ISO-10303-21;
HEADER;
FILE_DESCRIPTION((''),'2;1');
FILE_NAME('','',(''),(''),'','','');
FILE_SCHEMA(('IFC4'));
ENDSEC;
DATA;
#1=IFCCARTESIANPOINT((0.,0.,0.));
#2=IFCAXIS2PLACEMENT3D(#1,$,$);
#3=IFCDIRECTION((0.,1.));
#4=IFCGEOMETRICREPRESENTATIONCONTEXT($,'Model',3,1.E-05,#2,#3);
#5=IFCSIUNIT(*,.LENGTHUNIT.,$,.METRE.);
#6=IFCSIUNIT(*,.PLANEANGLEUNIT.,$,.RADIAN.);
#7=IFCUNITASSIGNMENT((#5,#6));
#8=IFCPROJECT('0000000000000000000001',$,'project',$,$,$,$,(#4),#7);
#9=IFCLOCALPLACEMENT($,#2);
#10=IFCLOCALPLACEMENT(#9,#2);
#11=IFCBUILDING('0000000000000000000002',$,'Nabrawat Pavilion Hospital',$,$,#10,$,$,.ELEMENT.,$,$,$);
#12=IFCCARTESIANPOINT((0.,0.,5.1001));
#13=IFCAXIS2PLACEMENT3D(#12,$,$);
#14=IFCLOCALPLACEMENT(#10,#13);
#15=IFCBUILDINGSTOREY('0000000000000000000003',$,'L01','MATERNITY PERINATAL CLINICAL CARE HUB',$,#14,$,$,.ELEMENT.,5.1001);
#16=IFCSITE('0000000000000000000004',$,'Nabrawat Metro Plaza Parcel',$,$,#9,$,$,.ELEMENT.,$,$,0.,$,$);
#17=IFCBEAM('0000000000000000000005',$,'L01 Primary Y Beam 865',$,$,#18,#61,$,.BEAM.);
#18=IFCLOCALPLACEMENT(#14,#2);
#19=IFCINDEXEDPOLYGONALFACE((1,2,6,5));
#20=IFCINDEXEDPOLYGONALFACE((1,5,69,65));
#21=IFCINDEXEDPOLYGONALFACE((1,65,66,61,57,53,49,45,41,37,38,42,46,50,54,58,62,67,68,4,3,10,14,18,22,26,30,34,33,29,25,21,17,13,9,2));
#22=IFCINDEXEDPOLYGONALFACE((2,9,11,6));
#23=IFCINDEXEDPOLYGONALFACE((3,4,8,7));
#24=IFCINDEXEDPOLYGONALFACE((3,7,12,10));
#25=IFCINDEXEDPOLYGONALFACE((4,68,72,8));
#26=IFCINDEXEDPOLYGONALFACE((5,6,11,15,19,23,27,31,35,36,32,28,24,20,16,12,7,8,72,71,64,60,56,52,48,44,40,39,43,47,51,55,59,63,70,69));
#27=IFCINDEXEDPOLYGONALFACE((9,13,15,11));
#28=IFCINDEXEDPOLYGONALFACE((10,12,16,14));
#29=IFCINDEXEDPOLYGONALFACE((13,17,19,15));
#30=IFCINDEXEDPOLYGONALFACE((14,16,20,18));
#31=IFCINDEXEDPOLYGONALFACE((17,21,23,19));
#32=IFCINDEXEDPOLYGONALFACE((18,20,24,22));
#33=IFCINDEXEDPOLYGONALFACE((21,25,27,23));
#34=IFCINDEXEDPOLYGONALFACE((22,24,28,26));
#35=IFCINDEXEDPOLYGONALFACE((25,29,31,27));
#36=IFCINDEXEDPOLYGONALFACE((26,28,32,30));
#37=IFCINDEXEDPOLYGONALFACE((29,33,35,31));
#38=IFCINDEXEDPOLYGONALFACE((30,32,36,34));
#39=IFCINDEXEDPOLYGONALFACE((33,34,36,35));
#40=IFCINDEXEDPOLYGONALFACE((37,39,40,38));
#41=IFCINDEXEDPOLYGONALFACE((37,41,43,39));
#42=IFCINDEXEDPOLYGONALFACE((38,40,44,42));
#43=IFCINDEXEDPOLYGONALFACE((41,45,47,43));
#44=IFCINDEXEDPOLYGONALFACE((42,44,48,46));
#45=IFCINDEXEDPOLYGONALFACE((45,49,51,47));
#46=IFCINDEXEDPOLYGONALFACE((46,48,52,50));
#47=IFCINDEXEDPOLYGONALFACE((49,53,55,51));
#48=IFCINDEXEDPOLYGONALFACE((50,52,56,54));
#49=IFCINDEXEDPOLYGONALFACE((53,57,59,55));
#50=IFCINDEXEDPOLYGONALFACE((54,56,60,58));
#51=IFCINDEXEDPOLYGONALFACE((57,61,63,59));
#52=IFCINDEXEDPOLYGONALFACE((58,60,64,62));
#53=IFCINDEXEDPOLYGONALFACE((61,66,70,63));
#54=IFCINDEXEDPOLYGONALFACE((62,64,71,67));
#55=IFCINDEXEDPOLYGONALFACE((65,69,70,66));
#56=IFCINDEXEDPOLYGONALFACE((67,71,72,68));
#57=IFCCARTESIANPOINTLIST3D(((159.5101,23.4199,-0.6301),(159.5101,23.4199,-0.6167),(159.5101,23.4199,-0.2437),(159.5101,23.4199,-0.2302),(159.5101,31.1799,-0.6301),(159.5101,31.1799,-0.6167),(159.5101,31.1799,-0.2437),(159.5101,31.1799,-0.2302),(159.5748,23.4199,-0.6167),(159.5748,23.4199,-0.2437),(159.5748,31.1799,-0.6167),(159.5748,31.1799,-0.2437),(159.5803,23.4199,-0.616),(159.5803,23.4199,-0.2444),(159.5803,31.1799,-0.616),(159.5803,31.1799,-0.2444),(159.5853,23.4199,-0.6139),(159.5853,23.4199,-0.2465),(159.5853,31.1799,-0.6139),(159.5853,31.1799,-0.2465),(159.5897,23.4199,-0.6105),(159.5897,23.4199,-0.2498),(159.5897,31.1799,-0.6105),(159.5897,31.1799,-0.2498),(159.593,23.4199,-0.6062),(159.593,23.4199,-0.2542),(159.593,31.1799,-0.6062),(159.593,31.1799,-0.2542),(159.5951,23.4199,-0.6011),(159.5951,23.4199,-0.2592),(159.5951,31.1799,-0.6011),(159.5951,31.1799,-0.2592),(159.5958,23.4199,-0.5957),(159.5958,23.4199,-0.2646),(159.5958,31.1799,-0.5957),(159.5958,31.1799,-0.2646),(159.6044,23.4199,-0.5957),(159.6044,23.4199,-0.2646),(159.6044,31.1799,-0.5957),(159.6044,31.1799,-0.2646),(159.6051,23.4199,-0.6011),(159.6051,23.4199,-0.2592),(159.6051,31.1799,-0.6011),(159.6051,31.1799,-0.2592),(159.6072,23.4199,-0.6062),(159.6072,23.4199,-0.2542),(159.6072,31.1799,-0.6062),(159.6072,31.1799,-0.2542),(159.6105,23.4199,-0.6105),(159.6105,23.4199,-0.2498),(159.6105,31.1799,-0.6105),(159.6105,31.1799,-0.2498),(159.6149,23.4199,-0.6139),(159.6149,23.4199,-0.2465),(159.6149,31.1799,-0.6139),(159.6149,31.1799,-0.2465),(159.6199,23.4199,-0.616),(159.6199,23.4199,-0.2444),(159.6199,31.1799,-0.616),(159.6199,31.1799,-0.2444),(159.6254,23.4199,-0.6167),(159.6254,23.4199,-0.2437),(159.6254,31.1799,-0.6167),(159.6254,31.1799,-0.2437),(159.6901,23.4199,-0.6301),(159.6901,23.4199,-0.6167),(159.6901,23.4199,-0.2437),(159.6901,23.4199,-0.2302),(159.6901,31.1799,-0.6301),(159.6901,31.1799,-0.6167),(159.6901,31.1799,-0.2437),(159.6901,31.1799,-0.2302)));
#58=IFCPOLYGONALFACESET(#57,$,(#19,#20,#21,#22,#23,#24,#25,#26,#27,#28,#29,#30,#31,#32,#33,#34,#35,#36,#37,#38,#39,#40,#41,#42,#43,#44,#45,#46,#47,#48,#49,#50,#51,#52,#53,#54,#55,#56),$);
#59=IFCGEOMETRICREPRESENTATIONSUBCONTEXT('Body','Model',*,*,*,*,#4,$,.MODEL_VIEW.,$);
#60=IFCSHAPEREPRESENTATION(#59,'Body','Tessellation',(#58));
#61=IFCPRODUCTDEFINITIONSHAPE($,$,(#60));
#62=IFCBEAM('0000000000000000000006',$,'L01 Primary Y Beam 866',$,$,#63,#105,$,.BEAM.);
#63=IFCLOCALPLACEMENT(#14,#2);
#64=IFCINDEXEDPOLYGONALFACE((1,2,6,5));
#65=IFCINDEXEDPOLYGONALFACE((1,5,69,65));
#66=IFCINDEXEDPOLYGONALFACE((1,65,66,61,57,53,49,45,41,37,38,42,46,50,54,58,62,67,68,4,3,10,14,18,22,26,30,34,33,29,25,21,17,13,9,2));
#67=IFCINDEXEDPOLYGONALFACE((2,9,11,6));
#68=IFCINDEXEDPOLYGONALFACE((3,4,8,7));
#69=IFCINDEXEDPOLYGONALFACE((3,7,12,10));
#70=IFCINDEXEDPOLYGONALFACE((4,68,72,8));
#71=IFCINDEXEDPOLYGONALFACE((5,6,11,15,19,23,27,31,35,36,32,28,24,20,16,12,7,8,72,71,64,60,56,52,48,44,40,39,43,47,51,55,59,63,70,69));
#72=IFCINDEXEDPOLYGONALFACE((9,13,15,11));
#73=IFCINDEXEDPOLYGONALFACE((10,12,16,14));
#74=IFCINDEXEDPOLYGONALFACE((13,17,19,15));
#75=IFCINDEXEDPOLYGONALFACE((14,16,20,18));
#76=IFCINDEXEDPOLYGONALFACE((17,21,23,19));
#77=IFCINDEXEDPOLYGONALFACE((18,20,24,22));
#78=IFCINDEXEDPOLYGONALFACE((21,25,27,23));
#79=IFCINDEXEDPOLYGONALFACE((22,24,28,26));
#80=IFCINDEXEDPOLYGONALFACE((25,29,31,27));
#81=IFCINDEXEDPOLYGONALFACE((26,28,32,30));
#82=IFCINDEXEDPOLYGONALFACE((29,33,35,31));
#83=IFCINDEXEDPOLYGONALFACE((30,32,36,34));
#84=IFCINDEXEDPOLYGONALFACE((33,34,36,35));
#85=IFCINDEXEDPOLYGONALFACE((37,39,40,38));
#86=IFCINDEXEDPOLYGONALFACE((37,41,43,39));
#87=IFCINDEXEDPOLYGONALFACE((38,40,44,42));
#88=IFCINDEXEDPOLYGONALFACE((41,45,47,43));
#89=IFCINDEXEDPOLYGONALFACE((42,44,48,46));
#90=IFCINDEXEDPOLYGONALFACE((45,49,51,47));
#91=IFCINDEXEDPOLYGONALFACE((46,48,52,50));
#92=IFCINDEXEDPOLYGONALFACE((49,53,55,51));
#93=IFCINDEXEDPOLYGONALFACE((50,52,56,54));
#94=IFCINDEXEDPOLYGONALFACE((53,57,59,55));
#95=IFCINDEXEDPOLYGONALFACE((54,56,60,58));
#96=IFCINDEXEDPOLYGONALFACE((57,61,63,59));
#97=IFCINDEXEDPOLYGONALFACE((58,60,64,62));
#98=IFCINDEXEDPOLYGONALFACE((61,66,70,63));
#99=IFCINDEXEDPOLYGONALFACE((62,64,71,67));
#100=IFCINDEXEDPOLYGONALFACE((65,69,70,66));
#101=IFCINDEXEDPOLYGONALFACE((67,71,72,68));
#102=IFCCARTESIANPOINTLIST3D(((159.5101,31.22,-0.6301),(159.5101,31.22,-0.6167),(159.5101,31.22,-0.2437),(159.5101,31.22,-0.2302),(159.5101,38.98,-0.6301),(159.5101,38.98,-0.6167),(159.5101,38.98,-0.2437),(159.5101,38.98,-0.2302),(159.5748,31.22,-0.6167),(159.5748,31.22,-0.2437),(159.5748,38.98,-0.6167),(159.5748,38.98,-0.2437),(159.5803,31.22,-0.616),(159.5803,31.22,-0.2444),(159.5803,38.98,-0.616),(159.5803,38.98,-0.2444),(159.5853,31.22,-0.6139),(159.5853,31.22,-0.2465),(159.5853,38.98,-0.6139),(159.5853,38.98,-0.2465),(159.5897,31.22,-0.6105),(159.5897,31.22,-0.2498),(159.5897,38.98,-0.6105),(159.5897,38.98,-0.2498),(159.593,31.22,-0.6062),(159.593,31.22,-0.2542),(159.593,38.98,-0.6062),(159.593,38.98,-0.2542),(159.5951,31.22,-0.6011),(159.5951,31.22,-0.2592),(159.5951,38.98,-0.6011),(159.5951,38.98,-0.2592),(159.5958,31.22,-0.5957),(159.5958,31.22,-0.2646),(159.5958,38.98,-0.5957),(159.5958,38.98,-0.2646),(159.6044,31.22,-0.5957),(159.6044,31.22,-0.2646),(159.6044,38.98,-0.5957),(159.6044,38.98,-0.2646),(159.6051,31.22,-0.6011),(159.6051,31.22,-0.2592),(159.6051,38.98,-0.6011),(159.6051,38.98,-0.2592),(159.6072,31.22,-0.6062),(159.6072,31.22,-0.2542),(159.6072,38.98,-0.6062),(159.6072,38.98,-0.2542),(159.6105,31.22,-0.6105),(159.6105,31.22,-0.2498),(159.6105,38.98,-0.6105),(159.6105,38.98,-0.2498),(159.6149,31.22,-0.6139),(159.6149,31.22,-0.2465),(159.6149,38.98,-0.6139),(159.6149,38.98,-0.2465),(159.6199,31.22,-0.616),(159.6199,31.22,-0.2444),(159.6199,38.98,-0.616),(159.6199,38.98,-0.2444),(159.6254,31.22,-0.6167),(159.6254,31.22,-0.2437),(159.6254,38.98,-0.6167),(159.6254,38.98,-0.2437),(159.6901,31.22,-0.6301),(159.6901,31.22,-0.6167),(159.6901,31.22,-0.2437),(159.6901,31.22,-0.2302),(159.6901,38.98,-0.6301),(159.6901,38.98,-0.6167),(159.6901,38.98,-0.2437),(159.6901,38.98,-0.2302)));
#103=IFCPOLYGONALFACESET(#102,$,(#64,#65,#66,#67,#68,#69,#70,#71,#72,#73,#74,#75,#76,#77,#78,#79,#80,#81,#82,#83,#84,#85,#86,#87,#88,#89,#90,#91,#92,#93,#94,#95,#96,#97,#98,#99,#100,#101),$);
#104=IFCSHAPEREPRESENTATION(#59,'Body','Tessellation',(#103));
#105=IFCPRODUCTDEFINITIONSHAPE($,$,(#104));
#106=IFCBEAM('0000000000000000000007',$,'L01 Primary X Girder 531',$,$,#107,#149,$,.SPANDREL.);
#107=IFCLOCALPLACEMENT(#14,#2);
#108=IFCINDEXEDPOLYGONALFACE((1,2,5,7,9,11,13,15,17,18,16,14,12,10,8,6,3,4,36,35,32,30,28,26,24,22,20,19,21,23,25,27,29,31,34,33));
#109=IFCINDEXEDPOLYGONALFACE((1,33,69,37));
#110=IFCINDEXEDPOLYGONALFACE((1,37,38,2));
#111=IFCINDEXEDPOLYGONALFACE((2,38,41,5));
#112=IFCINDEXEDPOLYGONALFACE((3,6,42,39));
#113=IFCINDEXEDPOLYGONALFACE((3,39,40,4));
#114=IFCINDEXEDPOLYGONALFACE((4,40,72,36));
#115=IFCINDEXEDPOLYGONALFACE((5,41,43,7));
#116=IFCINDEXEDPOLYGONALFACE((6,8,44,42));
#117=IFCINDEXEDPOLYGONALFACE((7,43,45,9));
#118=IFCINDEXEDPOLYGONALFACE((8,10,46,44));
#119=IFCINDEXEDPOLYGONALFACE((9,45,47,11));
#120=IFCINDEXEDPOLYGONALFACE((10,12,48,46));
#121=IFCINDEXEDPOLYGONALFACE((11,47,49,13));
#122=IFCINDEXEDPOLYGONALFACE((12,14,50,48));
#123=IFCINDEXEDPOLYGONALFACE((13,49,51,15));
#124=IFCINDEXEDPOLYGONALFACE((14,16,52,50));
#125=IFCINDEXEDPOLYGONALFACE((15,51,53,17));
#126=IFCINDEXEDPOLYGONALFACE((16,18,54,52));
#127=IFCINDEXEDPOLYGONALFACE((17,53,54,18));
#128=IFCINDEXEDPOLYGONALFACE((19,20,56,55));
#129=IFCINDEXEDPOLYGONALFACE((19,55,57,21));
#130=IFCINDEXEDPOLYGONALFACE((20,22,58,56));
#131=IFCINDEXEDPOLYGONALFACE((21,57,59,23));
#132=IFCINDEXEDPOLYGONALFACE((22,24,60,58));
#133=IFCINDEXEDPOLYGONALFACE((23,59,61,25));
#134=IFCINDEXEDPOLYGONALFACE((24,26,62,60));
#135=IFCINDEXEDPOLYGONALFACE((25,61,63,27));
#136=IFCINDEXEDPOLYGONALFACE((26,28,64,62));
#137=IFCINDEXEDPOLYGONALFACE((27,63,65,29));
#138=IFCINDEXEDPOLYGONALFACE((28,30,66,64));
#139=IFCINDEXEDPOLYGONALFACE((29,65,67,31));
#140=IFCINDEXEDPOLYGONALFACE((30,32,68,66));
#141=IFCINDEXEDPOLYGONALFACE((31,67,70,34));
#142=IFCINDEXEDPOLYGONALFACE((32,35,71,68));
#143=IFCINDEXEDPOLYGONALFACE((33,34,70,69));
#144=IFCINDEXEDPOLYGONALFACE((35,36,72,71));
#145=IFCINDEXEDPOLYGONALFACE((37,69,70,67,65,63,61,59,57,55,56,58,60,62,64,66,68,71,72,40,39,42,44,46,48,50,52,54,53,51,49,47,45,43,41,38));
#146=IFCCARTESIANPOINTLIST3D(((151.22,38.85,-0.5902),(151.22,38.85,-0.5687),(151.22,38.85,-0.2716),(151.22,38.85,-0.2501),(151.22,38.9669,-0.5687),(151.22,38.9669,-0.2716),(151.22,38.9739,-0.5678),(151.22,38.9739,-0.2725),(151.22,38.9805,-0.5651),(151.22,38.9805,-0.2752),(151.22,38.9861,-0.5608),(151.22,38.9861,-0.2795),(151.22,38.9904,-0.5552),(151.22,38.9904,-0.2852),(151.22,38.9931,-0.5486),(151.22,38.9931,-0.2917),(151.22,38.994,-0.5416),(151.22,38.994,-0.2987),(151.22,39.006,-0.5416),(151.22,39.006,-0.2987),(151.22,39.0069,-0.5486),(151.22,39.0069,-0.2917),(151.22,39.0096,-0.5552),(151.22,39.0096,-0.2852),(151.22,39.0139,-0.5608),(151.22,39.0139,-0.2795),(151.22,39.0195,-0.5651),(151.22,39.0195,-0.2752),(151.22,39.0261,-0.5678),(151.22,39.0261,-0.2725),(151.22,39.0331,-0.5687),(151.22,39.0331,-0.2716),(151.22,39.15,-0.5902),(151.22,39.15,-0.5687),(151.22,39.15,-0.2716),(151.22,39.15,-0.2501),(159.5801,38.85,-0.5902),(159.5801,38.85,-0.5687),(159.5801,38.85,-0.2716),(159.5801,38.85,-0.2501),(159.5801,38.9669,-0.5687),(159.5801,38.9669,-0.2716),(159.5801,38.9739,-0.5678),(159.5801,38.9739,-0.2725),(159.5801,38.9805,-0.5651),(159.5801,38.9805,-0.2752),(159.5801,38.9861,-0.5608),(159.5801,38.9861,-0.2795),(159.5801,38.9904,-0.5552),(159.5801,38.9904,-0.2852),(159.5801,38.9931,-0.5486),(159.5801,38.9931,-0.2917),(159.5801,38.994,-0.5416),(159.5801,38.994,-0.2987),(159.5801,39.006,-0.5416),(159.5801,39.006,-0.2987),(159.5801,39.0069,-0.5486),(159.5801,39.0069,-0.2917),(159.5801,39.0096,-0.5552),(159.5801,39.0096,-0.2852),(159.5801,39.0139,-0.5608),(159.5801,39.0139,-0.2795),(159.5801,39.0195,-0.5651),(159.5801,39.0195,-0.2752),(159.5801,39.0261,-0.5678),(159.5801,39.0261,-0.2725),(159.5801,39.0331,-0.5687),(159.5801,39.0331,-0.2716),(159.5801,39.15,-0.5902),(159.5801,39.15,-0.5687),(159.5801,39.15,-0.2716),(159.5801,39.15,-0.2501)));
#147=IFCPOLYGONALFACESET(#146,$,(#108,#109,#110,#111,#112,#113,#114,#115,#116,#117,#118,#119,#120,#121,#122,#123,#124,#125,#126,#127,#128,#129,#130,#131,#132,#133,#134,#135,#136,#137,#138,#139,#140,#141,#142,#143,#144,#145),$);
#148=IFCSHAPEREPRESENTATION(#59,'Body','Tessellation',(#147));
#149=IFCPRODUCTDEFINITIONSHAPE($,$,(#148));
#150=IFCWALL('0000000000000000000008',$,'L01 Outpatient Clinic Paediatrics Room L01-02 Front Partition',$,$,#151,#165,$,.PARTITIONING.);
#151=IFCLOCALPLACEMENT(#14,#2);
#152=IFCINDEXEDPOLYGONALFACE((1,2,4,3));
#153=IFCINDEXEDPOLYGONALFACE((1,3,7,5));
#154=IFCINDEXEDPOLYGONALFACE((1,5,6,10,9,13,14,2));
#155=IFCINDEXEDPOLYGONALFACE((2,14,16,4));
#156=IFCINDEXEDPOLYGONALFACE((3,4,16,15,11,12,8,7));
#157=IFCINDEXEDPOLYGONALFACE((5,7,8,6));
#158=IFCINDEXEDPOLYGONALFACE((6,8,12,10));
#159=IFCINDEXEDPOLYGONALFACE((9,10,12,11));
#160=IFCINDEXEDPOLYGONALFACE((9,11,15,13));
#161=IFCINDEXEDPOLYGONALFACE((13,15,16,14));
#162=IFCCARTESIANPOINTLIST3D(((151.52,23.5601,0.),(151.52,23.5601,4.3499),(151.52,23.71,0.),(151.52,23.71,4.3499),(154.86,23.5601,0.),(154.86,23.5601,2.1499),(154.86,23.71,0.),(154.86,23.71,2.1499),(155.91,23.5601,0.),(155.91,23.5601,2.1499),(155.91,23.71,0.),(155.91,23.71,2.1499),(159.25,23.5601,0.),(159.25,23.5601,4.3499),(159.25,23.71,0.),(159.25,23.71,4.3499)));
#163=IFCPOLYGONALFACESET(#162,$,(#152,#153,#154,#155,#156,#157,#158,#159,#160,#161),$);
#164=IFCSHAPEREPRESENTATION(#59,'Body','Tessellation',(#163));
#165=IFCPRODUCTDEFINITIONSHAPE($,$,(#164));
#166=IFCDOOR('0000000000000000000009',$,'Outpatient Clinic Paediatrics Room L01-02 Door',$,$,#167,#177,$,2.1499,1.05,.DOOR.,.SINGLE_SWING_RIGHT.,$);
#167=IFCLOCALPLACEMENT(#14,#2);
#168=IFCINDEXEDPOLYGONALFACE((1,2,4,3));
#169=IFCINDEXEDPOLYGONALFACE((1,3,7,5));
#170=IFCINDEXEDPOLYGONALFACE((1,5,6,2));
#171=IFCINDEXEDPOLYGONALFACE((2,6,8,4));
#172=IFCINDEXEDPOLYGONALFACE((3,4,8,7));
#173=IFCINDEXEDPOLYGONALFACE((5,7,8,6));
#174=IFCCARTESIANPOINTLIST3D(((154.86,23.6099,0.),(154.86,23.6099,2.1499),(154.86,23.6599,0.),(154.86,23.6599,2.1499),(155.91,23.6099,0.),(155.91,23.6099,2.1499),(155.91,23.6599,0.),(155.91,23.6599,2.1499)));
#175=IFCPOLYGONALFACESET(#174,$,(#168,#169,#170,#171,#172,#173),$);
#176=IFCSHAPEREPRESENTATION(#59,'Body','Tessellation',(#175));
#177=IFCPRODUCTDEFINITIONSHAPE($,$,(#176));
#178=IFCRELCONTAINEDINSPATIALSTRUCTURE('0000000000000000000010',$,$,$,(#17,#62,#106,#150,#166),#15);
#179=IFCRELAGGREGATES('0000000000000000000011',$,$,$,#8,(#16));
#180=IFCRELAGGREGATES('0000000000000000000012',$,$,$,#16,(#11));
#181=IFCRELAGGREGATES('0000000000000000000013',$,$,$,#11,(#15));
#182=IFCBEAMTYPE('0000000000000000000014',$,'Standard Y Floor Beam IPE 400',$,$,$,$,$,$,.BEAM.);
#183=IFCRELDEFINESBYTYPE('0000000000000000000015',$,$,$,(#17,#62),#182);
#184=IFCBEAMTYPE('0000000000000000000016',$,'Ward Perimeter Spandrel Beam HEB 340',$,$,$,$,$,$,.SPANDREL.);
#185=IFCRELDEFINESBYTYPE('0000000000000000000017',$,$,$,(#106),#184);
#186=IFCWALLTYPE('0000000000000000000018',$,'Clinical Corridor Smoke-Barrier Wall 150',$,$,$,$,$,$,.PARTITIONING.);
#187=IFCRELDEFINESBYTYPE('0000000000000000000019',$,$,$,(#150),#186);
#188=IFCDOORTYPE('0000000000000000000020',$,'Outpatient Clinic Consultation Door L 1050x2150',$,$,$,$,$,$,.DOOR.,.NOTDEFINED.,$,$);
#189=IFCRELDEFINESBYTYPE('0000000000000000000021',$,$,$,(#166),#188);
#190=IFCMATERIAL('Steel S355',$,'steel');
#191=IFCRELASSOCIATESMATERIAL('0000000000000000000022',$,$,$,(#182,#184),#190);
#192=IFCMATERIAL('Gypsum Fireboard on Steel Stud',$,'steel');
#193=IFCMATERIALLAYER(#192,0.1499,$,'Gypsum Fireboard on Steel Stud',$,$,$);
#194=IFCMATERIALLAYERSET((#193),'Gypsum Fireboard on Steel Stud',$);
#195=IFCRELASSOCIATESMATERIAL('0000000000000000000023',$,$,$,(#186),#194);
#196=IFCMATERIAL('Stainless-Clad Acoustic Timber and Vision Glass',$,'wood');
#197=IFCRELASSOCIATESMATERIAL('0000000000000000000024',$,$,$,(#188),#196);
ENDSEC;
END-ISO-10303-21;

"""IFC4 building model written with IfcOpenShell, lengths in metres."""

from ifc_helpers import new_model, si_unit, direction, frame, frame_2d, origin, origin_2d, place, context, subcontext, project, spatial, rectangle, i_section, extrude, material, layer, layer_set, material_profile, profile_set, type_object, element, fill, save


model = new_model("IFC4")

# Units and contexts
model_context = context("Model", 3, precision=1e-05, world=origin(), true_north=direction((0.0, 1.0)))
body_context = subcontext(model_context, "Body", "Model", "MODEL_VIEW")
ifc_project = project(units=[si_unit("LENGTHUNIT", "METRE"), si_unit("PLANEANGLEUNIT", "RADIAN")], contexts=[model_context])

# Site, building, storey
site_placement = place(None, origin())
site = spatial("IfcSite", under=ifc_project, at=site_placement, Name="Nabrawat Metro Plaza Parcel", CompositionType="ELEMENT", RefElevation=0.0)
building_placement = place(site_placement, origin())
building = spatial("IfcBuilding", under=site, at=building_placement, Name="Nabrawat Pavilion Hospital", CompositionType="ELEMENT")
storey_placement = place(building_placement, frame((0.0, 0.0, 5.1001)))
storey = spatial("IfcBuildingStorey", under=building, at=storey_placement, Name="L01", Description="MATERNITY PERINATAL CLINICAL CARE HUB", CompositionType="ELEMENT", Elevation=5.1001)

# Shared definitions
ifc_material_1 = material(Name="Steel S355", Category="steel")

# Beams
ifc_material_profile_1 = material_profile(ifc_material_1, i_section(OverallWidth=0.1799, OverallDepth=0.3999, WebThickness=0.0085, FlangeThickness=0.0134, FilletRadius=0.021, at=origin_2d()), Name="IPE 400")
ifc_profile_set_1 = profile_set([ifc_material_profile_1], Name="Steel S355")
beam_type_1 = type_object("IfcBeamType", Name="Standard Y Floor Beam IPE 400", PredefinedType="BEAM", material=ifc_profile_set_1)
for number, where, z_axis, x_axis, name in (
    (1, (159.6001, 23.4199, -0.4302), (0.0, 1.0, 0.0), (-1.0, 0.0, 0.0), "L01 Primary Y Beam 865"),
    (2, (159.6001, 31.22, -0.4302), (0.0, 1.0, 0.0), (-1.0, 0.0, 0.0), "L01 Primary Y Beam 866"),
):
    element("IfcBeam", number, at=place(storey_placement, frame(where, z_axis=z_axis, x_axis=x_axis)), inside=storey, type_object=beam_type_1, Name=name, PredefinedType="BEAM", context=body_context, shape_type="SweptSolid", body=[
        extrude(i_section(OverallWidth=0.1799, OverallDepth=0.3999, WebThickness=0.0085, FlangeThickness=0.0134, FilletRadius=0.021, at=origin_2d()), origin(), (0.0, 0.0, 1.0), 7.76),
    ])
ifc_material_profile_2 = material_profile(ifc_material_1, i_section(OverallWidth=0.3, OverallDepth=0.3401, WebThickness=0.012, FlangeThickness=0.0215, FilletRadius=0.0271, at=origin_2d()), Name="HEB 340")
ifc_profile_set_2 = profile_set([ifc_material_profile_2], Name="Steel S355")
beam_type_2 = type_object("IfcBeamType", Name="Ward Perimeter Spandrel Beam HEB 340", PredefinedType="SPANDREL", material=ifc_profile_set_2)
beam_1_placement = place(storey_placement, frame((151.22, 39.0, -0.4202), z_axis=(1.0, 0.0, 0.0), x_axis=(0.0, 1.0, 0.0)))
element("IfcBeam", 3, at=beam_1_placement, inside=storey, type_object=beam_type_2, Name="L01 Primary X Girder 531", PredefinedType="SPANDREL", context=body_context, shape_type="SweptSolid", body=[
    extrude(i_section(OverallWidth=0.3, OverallDepth=0.3401, WebThickness=0.012, FlangeThickness=0.0215, FilletRadius=0.0271, at=origin_2d()), origin(), (0.0, 0.0, 1.0), 8.3601),
])

# Wall, opening, door
ifc_material_2 = material(Name="Gypsum Fireboard on Steel Stud", Category="steel")
ifc_layer_1 = layer(ifc_material_2, 0.1499, Name="Gypsum Fireboard on Steel Stud")
ifc_layer_set_1 = layer_set([ifc_layer_1], Name="Gypsum Fireboard on Steel Stud")
wall_type_1 = type_object("IfcWallType", Name="Clinical Corridor Smoke-Barrier Wall 150", PredefinedType="PARTITIONING", material=ifc_layer_set_1)
wall_1_placement = place(storey_placement, frame((151.52, 23.635, 0.0), z_axis=(0.0, 0.0, 1.0), x_axis=(1.0, 0.0, 0.0)))
wall_1 = element("IfcWall", 4, at=wall_1_placement, inside=storey, type_object=wall_type_1, Name="L01 Outpatient Clinic Paediatrics Room L01-02 Front Partition", PredefinedType="PARTITIONING", context=body_context, shape_type="SweptSolid", body=[
    extrude(rectangle(XDim=7.73, YDim=0.1499, at=frame_2d((3.865, 0.0))), origin(), (0.0, 0.0, 1.0), 4.3499),
])
opening_1_placement = place(wall_1_placement, frame((3.3401, 0.0, 0.0)))
opening_1 = element("IfcOpeningElement", 5, at=opening_1_placement, cuts=wall_1, PredefinedType="OPENING", context=body_context, shape_type="SweptSolid", body=[
    extrude(rectangle(XDim=1.05, YDim=2.1499, at=frame_2d((0.5249, 1.075))), frame((0.0, 0.085, 0.0), z_axis=(0.0, -1.0, 0.0), x_axis=(1.0, 0.0, 0.0)), (0.0, 0.0, 1.0), 0.1699),
])
ifc_material_3 = material(Name="Stainless-Clad Acoustic Timber and Vision Glass", Category="wood")
door_type_1 = type_object("IfcDoorType", Name="Outpatient Clinic Consultation Door L 1050x2150", OperationType="NOTDEFINED", PredefinedType="DOOR", material=ifc_material_3)
door_1_placement = place(opening_1_placement, origin())
door_1 = element("IfcDoor", 6, at=door_1_placement, inside=storey, type_object=door_type_1, Name="Outpatient Clinic Paediatrics Room L01-02 Door", OperationType="SINGLE_SWING_RIGHT", OverallHeight=2.1499, OverallWidth=1.05, PredefinedType="DOOR", context=body_context, shape_type="SweptSolid", body=[
    extrude(rectangle(XDim=1.05, YDim=2.1499, at=frame_2d((0.5249, 1.075))), frame((0.0, 0.0249, 0.0), z_axis=(0.0, -1.0, 0.0), x_axis=(1.0, 0.0, 0.0)), (0.0, 0.0, 1.0), 0.05),
])
fill(opening_1, door_1)

save(model, "model.ifc")
